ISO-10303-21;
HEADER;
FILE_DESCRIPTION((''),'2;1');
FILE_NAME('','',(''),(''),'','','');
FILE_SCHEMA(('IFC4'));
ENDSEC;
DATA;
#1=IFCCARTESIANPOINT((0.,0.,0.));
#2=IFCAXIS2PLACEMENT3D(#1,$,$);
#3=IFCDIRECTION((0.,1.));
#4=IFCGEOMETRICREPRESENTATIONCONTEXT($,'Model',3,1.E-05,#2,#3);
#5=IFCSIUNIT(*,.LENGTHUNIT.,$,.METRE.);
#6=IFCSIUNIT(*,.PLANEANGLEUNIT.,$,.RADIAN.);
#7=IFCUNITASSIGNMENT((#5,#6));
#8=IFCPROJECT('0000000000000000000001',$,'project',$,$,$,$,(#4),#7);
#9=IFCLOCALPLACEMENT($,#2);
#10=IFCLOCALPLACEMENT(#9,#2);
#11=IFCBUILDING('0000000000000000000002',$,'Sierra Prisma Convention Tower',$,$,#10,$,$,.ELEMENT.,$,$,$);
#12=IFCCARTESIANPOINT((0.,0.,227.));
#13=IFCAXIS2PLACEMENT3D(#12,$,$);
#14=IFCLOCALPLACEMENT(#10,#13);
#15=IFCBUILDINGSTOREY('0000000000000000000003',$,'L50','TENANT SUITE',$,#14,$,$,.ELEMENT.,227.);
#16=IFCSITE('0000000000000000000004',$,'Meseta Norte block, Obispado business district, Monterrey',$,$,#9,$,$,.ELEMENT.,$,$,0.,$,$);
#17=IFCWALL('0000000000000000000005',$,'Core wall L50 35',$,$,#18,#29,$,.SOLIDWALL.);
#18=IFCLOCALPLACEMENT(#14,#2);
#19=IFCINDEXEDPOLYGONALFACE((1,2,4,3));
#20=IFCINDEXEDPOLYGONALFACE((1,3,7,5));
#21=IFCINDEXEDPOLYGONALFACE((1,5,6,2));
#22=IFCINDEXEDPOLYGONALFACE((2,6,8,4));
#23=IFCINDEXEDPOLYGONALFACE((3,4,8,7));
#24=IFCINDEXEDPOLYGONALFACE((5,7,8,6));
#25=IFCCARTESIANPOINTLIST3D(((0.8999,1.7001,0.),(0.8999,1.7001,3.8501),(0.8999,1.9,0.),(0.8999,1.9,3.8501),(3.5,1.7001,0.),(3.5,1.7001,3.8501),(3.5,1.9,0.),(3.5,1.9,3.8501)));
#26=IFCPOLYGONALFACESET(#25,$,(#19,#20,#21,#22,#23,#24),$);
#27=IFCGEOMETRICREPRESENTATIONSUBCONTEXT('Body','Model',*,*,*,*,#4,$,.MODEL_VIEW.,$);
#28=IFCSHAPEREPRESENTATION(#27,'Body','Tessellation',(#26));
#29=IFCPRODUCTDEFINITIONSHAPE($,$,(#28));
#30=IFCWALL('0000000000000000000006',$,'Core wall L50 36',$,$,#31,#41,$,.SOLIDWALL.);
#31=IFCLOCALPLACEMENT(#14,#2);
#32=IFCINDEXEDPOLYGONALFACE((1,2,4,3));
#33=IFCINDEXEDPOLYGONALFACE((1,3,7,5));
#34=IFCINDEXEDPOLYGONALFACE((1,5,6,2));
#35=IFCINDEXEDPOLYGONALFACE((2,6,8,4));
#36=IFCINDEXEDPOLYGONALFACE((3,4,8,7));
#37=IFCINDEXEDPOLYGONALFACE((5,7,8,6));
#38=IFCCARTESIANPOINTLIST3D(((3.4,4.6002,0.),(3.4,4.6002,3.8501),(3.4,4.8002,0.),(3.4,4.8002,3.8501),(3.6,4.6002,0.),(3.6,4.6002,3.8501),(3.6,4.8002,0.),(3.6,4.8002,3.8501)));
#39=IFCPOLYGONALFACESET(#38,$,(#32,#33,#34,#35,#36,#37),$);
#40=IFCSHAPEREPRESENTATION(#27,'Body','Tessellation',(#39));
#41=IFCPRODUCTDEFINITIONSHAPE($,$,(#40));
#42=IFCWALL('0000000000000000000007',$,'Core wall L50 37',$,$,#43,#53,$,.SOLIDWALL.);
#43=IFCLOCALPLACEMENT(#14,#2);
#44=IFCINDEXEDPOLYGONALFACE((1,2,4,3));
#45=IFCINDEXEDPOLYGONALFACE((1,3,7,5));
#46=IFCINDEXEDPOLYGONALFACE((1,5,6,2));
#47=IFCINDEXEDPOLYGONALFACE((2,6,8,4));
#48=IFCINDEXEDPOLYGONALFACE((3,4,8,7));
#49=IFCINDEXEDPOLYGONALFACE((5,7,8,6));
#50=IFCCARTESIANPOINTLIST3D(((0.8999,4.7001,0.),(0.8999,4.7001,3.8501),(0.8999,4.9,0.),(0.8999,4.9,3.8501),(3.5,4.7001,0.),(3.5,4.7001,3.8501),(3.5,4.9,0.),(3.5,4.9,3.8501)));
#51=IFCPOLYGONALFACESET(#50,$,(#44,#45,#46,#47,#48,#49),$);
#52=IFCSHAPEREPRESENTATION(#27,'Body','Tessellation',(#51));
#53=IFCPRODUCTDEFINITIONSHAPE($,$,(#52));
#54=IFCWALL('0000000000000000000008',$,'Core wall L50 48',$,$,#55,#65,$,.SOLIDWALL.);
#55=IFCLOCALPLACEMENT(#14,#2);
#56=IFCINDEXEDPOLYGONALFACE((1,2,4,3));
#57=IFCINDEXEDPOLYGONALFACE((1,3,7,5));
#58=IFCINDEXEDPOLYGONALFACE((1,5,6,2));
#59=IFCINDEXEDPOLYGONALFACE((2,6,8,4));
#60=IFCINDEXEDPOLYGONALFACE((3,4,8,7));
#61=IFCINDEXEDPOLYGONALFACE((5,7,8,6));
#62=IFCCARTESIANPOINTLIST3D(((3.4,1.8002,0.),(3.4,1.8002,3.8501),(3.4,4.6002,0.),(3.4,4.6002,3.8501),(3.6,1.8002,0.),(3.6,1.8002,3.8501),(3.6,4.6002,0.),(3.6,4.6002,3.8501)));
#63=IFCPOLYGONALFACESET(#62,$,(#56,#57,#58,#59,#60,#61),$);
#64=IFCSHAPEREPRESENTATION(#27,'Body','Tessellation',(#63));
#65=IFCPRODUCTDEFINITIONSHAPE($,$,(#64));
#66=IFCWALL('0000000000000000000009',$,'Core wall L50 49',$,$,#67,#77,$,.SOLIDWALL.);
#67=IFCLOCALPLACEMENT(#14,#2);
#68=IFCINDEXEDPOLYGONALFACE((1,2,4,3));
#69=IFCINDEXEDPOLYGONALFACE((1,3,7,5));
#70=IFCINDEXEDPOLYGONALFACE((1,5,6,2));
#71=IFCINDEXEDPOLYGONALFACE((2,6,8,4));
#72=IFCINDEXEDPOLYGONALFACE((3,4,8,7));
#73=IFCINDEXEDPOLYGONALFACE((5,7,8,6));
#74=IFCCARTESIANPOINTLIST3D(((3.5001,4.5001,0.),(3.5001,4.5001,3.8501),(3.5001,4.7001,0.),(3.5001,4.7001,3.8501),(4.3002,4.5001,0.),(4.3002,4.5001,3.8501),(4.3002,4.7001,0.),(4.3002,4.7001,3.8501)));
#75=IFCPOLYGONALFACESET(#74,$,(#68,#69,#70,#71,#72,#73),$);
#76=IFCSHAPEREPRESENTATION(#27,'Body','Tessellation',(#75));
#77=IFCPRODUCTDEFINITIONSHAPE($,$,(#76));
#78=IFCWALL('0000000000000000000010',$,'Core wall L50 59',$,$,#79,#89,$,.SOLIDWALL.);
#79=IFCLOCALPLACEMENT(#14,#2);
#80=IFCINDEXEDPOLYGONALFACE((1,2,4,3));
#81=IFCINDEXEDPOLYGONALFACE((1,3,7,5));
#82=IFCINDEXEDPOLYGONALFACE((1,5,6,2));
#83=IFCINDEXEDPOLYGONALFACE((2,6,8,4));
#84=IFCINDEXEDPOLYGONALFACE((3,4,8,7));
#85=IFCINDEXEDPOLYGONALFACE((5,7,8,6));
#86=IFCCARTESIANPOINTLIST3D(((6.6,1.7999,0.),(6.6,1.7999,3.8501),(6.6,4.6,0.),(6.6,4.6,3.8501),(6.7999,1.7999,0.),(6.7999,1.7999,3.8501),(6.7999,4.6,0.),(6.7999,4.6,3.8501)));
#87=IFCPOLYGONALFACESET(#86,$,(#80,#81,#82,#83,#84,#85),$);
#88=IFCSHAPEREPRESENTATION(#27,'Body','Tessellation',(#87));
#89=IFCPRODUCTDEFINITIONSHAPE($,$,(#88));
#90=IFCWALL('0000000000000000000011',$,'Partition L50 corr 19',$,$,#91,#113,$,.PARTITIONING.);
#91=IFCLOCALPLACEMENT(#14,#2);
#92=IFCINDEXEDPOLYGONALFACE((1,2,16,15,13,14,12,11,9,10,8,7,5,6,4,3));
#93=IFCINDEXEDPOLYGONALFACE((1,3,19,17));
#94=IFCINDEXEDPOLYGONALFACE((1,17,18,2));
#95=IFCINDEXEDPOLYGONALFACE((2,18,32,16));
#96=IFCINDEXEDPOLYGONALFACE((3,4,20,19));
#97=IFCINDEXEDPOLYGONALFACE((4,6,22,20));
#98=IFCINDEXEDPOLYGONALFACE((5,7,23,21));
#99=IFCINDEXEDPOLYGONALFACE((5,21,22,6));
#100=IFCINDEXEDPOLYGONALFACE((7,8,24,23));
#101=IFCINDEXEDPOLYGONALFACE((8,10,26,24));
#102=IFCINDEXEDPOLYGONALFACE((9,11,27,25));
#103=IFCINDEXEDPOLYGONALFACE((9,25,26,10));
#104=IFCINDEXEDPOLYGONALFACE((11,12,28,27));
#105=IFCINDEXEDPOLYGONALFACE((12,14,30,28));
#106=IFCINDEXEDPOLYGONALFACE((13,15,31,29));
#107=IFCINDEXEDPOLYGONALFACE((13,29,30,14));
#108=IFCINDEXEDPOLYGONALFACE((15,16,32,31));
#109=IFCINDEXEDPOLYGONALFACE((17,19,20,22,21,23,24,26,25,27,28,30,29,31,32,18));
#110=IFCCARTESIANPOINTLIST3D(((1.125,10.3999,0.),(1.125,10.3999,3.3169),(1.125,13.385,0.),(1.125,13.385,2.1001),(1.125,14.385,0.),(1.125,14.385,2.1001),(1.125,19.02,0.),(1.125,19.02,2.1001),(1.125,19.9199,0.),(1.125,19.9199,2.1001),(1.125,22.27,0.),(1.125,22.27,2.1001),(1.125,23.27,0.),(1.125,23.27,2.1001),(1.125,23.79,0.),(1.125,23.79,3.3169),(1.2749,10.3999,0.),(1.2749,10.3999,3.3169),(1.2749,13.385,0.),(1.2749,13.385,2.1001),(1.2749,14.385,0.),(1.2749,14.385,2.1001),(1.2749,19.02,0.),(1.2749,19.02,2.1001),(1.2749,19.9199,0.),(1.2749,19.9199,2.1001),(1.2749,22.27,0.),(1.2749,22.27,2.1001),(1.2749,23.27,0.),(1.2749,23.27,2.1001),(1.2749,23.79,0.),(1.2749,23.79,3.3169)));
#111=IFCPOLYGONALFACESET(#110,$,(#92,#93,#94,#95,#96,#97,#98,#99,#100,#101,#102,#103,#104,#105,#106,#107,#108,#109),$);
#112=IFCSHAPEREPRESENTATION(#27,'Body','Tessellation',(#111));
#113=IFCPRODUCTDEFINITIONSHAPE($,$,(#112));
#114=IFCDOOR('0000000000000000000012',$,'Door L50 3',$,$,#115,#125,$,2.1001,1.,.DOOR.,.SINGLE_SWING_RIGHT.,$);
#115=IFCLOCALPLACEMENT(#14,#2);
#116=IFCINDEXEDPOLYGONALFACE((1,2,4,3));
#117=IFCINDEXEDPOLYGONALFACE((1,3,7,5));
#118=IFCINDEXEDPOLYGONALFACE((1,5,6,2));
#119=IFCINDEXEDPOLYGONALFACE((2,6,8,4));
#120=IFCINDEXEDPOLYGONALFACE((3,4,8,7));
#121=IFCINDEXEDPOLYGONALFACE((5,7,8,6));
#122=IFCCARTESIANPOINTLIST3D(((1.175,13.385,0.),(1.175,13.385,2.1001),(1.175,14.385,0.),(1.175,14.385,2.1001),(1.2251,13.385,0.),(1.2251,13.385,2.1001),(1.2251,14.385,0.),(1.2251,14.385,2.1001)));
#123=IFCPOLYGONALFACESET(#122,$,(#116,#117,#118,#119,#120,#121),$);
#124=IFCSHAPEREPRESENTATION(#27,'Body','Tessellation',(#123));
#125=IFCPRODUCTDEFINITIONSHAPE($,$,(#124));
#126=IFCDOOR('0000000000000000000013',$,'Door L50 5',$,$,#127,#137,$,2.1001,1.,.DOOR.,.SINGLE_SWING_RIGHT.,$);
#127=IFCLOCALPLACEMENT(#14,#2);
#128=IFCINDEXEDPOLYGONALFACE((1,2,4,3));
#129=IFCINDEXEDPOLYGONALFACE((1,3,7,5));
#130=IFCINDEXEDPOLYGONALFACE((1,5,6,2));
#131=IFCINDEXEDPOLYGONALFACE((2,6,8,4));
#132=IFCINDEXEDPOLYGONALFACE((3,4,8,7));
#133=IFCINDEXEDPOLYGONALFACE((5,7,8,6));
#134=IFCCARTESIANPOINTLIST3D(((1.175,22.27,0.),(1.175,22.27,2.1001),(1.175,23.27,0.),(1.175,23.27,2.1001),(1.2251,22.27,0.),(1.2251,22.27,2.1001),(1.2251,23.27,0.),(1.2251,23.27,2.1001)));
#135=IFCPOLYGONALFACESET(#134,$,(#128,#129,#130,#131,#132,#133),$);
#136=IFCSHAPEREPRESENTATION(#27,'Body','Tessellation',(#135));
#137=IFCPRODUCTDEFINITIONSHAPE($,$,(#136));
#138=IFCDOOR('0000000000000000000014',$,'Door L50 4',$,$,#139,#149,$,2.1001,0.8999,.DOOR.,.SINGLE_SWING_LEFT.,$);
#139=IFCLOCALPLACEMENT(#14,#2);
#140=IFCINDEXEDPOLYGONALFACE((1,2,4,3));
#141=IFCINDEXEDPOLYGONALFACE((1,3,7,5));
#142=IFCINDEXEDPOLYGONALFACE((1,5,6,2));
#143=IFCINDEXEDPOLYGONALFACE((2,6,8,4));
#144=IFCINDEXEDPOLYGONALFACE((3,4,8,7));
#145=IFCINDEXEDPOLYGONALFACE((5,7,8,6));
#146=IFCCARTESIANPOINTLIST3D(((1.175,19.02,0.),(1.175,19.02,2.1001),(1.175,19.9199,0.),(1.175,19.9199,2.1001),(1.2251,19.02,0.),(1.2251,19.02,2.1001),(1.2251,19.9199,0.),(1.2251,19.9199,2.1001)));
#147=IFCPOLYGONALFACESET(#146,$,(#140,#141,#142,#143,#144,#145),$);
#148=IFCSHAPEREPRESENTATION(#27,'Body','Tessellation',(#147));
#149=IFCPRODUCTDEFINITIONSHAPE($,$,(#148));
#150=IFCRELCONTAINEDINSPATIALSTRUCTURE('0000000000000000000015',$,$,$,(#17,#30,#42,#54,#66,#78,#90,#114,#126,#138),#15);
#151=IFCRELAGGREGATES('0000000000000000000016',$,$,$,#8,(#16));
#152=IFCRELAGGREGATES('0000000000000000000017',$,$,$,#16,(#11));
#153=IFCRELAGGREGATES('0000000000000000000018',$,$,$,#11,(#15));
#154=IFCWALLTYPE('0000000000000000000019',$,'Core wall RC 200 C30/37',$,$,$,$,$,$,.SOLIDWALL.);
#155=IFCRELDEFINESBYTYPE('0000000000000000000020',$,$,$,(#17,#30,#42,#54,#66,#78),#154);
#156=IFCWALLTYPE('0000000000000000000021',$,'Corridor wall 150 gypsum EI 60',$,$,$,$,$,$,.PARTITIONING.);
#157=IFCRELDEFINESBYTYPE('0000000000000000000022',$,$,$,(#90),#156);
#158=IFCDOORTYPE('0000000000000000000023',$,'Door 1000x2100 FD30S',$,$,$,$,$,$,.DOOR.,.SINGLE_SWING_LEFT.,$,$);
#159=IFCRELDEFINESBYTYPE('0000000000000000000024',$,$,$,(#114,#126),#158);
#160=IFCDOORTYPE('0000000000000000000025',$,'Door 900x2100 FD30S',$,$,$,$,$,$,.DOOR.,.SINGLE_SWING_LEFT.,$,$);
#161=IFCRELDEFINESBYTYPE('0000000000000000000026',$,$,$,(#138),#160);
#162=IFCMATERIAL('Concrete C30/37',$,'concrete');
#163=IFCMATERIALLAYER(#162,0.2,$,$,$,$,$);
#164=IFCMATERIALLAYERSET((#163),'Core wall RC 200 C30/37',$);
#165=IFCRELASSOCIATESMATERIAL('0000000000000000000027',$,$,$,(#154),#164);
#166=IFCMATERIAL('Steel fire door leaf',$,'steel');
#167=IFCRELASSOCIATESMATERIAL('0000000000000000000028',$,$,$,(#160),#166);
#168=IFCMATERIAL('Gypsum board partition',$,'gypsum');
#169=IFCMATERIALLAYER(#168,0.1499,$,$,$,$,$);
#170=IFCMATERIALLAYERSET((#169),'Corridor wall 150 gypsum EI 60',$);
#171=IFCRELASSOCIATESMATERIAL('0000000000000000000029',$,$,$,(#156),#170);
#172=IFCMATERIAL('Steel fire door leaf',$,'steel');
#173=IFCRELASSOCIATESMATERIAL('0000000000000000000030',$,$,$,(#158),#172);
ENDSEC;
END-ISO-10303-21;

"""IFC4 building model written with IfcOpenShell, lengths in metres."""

from ifc_helpers import new_model, si_unit, direction, frame, frame_2d, origin, place, context, subcontext, project, spatial, rectangle, extrude, material, layer, layer_set, type_object, element, fill, save


model = new_model("IFC4")

# Units and contexts
model_context = context("Model", 3, precision=1e-05, world=origin(), true_north=direction((0.0, 1.0)))
body_context = subcontext(model_context, "Body", "Model", "MODEL_VIEW")
ifc_project = project(units=[si_unit("LENGTHUNIT", "METRE"), si_unit("PLANEANGLEUNIT", "RADIAN")], contexts=[model_context])

# Site, building, storey
site_placement = place(None, origin())
site = spatial("IfcSite", under=ifc_project, at=site_placement, Name="Meseta Norte block, Obispado business district, Monterrey", CompositionType="ELEMENT", RefElevation=0.0)
building_placement = place(site_placement, origin())
building = spatial("IfcBuilding", under=site, at=building_placement, Name="Sierra Prisma Convention Tower", CompositionType="ELEMENT")
storey_placement = place(building_placement, frame((0.0, 0.0, 227.0)))
storey = spatial("IfcBuildingStorey", under=building, at=storey_placement, Name="L50", Description="TENANT SUITE", CompositionType="ELEMENT", Elevation=227.0)

# Shared definitions
ifc_material_1 = material(Name="Concrete C30/37", Category="concrete")
ifc_layer_1 = layer(ifc_material_1, 0.2)
ifc_layer_set_1 = layer_set([ifc_layer_1], Name="Core wall RC 200 C30/37")
wall_type_1 = type_object("IfcWallType", Name="Core wall RC 200 C30/37", PredefinedType="SOLIDWALL", material=ifc_layer_set_1)

# Walls
wall_1_placement = place(storey_placement, frame((3.5, 1.8, 0.0), z_axis=(0.0, 0.0, 1.0), x_axis=(-1.0, 0.0, 0.0)))
element("IfcWall", 1, at=wall_1_placement, inside=storey, type_object=wall_type_1, Name="Core wall L50 35", PredefinedType="SOLIDWALL", context=body_context, shape_type="SweptSolid", body=[
    extrude(rectangle(XDim=2.6001, YDim=0.2, at=frame_2d((1.3, 0.0))), origin(), (0.0, 0.0, 1.0), 3.8501),
])
wall_2_placement = place(storey_placement, frame((3.5, 4.6001, 0.0), z_axis=(0.0, 0.0, 1.0), x_axis=(0.0, 1.0, 0.0)))
element("IfcWall", 2, at=wall_2_placement, inside=storey, type_object=wall_type_1, Name="Core wall L50 36", PredefinedType="SOLIDWALL", context=body_context, shape_type="SweptSolid", body=[
    extrude(rectangle(XDim=0.2, YDim=0.2, at=frame_2d((0.1001, 0.0))), origin(), (0.0, 0.0, 1.0), 3.8501),
])
wall_3_placement = place(storey_placement, frame((3.5, 4.8, 0.0), z_axis=(0.0, 0.0, 1.0), x_axis=(-1.0, 0.0, 0.0)))
element("IfcWall", 3, at=wall_3_placement, inside=storey, type_object=wall_type_1, Name="Core wall L50 37", PredefinedType="SOLIDWALL", context=body_context, shape_type="SweptSolid", body=[
    extrude(rectangle(XDim=2.6001, YDim=0.2, at=frame_2d((1.3, 0.0))), origin(), (0.0, 0.0, 1.0), 3.8501),
])

# Shared definitions
ifc_material_2 = material(Name="Steel fire door leaf", Category="steel")
door_type_1 = type_object("IfcDoorType", Name="Door 900x2100 FD30S", OperationType="SINGLE_SWING_LEFT", PredefinedType="DOOR", material=ifc_material_2)

# Walls
wall_4_placement = place(storey_placement, frame((3.5, 4.6001, 0.0), z_axis=(0.0, 0.0, 1.0), x_axis=(0.0, -1.0, 0.0)))
element("IfcWall", 4, at=wall_4_placement, inside=storey, type_object=wall_type_1, Name="Core wall L50 48", PredefinedType="SOLIDWALL", context=body_context, shape_type="SweptSolid", body=[
    extrude(rectangle(XDim=2.8, YDim=0.2, at=frame_2d((1.3999, 0.0))), origin(), (0.0, 0.0, 1.0), 3.8501),
])
wall_5_placement = place(storey_placement, frame((4.3, 4.6001, 0.0), z_axis=(0.0, 0.0, 1.0), x_axis=(-1.0, 0.0, 0.0)))
element("IfcWall", 5, at=wall_5_placement, inside=storey, type_object=wall_type_1, Name="Core wall L50 49", PredefinedType="SOLIDWALL", context=body_context, shape_type="SweptSolid", body=[
    extrude(rectangle(XDim=0.8, YDim=0.2, at=frame_2d((0.3999, 0.0))), origin(), (0.0, 0.0, 1.0), 3.8501),
])

# Wall
wall_6_placement = place(storey_placement, frame((6.7, 1.8, 0.0), z_axis=(0.0, 0.0, 1.0), x_axis=(0.0, 1.0, 0.0)))
element("IfcWall", 6, at=wall_6_placement, inside=storey, type_object=wall_type_1, Name="Core wall L50 59", PredefinedType="SOLIDWALL", context=body_context, shape_type="SweptSolid", body=[
    extrude(rectangle(XDim=2.8, YDim=0.2, at=frame_2d((1.3999, 0.0))), origin(), (0.0, 0.0, 1.0), 3.8501),
])

# Wall, openings, doors
ifc_material_3 = material(Name="Gypsum board partition", Category="gypsum")
ifc_layer_2 = layer(ifc_material_3, 0.1499)
ifc_layer_set_2 = layer_set([ifc_layer_2], Name="Corridor wall 150 gypsum EI 60")
wall_type_2 = type_object("IfcWallType", Name="Corridor wall 150 gypsum EI 60", PredefinedType="PARTITIONING", material=ifc_layer_set_2)
wall_7_placement = place(storey_placement, frame((1.2, 10.3999, 0.0), z_axis=(0.0, 0.0, 1.0), x_axis=(0.0, 1.0, 0.0)))
wall_7 = element("IfcWall", 7, at=wall_7_placement, inside=storey, type_object=wall_type_2, Name="Partition L50 corr 19", PredefinedType="PARTITIONING", context=body_context, shape_type="SweptSolid", body=[
    extrude(rectangle(XDim=13.3901, YDim=0.1499, at=frame_2d((6.6951, 0.0))), origin(), (0.0, 0.0, 1.0), 3.3169),
])
opening_1_placement = place(wall_7_placement, frame((2.9851, 0.0, 0.0)))
opening_1 = element("IfcOpeningElement", 8, at=opening_1_placement, cuts=wall_7, PredefinedType="OPENING", context=body_context, shape_type="SweptSolid", body=[
    extrude(rectangle(XDim=1.0, YDim=2.1001, at=frame_2d((0.5, 1.05))), frame((0.0, 0.075, 0.0), z_axis=(0.0, -1.0, 0.0), x_axis=(1.0, 0.0, 0.0)), (0.0, 0.0, 1.0), 0.1499),
])
opening_2_placement = place(wall_7_placement, frame((8.6201, 0.0, 0.0)))
opening_2 = element("IfcOpeningElement", 9, at=opening_2_placement, cuts=wall_7, PredefinedType="OPENING", context=body_context, shape_type="SweptSolid", body=[
    extrude(rectangle(XDim=0.8999, YDim=2.1001, at=frame_2d((0.45, 1.05))), frame((0.0, 0.075, 0.0), z_axis=(0.0, -1.0, 0.0), x_axis=(1.0, 0.0, 0.0)), (0.0, 0.0, 1.0), 0.1499),
])
opening_3_placement = place(wall_7_placement, frame((11.8701, 0.0, 0.0)))
opening_3 = element("IfcOpeningElement", 10, at=opening_3_placement, cuts=wall_7, PredefinedType="OPENING", context=body_context, shape_type="SweptSolid", body=[
    extrude(rectangle(XDim=1.0, YDim=2.1001, at=frame_2d((0.5, 1.05))), frame((0.0, 0.075, 0.0), z_axis=(0.0, -1.0, 0.0), x_axis=(1.0, 0.0, 0.0)), (0.0, 0.0, 1.0), 0.1499),
])
ifc_material_4 = material(Name="Steel fire door leaf", Category="steel")
door_type_2 = type_object("IfcDoorType", Name="Door 1000x2100 FD30S", OperationType="SINGLE_SWING_LEFT", PredefinedType="DOOR", material=ifc_material_4)
door_1_placement = place(opening_1_placement, origin())
door_1 = element("IfcDoor", 11, at=door_1_placement, inside=storey, type_object=door_type_2, Name="Door L50 3", OperationType="SINGLE_SWING_RIGHT", OverallHeight=2.1001, OverallWidth=1.0, PredefinedType="DOOR", context=body_context, shape_type="SweptSolid", body=[
    extrude(rectangle(XDim=1.0, YDim=2.1001, at=frame_2d((0.5, 1.05))), frame((0.0, 0.0249, 0.0), z_axis=(0.0, -1.0, 0.0), x_axis=(1.0, 0.0, 0.0)), (0.0, 0.0, 1.0), 0.05),
])
fill(opening_1, door_1)
door_2_placement = place(opening_3_placement, origin())
door_2 = element("IfcDoor", 12, at=door_2_placement, inside=storey, type_object=door_type_2, Name="Door L50 5", OperationType="SINGLE_SWING_RIGHT", OverallHeight=2.1001, OverallWidth=1.0, PredefinedType="DOOR", context=body_context, shape_type="SweptSolid", body=[
    extrude(rectangle(XDim=1.0, YDim=2.1001, at=frame_2d((0.5, 1.05))), frame((0.0, 0.0249, 0.0), z_axis=(0.0, -1.0, 0.0), x_axis=(1.0, 0.0, 0.0)), (0.0, 0.0, 1.0), 0.05),
])
fill(opening_3, door_2)
door_3_placement = place(opening_2_placement, origin())
door_3 = element("IfcDoor", 13, at=door_3_placement, inside=storey, type_object=door_type_1, Name="Door L50 4", OperationType="SINGLE_SWING_LEFT", OverallHeight=2.1001, OverallWidth=0.8999, PredefinedType="DOOR", context=body_context, shape_type="SweptSolid", body=[
    extrude(rectangle(XDim=0.8999, YDim=2.1001, at=frame_2d((0.45, 1.05))), frame((0.0, 0.0249, 0.0), z_axis=(0.0, -1.0, 0.0), x_axis=(1.0, 0.0, 0.0)), (0.0, 0.0, 1.0), 0.05),
])
fill(opening_2, door_3)

save(model, "model.ifc")
